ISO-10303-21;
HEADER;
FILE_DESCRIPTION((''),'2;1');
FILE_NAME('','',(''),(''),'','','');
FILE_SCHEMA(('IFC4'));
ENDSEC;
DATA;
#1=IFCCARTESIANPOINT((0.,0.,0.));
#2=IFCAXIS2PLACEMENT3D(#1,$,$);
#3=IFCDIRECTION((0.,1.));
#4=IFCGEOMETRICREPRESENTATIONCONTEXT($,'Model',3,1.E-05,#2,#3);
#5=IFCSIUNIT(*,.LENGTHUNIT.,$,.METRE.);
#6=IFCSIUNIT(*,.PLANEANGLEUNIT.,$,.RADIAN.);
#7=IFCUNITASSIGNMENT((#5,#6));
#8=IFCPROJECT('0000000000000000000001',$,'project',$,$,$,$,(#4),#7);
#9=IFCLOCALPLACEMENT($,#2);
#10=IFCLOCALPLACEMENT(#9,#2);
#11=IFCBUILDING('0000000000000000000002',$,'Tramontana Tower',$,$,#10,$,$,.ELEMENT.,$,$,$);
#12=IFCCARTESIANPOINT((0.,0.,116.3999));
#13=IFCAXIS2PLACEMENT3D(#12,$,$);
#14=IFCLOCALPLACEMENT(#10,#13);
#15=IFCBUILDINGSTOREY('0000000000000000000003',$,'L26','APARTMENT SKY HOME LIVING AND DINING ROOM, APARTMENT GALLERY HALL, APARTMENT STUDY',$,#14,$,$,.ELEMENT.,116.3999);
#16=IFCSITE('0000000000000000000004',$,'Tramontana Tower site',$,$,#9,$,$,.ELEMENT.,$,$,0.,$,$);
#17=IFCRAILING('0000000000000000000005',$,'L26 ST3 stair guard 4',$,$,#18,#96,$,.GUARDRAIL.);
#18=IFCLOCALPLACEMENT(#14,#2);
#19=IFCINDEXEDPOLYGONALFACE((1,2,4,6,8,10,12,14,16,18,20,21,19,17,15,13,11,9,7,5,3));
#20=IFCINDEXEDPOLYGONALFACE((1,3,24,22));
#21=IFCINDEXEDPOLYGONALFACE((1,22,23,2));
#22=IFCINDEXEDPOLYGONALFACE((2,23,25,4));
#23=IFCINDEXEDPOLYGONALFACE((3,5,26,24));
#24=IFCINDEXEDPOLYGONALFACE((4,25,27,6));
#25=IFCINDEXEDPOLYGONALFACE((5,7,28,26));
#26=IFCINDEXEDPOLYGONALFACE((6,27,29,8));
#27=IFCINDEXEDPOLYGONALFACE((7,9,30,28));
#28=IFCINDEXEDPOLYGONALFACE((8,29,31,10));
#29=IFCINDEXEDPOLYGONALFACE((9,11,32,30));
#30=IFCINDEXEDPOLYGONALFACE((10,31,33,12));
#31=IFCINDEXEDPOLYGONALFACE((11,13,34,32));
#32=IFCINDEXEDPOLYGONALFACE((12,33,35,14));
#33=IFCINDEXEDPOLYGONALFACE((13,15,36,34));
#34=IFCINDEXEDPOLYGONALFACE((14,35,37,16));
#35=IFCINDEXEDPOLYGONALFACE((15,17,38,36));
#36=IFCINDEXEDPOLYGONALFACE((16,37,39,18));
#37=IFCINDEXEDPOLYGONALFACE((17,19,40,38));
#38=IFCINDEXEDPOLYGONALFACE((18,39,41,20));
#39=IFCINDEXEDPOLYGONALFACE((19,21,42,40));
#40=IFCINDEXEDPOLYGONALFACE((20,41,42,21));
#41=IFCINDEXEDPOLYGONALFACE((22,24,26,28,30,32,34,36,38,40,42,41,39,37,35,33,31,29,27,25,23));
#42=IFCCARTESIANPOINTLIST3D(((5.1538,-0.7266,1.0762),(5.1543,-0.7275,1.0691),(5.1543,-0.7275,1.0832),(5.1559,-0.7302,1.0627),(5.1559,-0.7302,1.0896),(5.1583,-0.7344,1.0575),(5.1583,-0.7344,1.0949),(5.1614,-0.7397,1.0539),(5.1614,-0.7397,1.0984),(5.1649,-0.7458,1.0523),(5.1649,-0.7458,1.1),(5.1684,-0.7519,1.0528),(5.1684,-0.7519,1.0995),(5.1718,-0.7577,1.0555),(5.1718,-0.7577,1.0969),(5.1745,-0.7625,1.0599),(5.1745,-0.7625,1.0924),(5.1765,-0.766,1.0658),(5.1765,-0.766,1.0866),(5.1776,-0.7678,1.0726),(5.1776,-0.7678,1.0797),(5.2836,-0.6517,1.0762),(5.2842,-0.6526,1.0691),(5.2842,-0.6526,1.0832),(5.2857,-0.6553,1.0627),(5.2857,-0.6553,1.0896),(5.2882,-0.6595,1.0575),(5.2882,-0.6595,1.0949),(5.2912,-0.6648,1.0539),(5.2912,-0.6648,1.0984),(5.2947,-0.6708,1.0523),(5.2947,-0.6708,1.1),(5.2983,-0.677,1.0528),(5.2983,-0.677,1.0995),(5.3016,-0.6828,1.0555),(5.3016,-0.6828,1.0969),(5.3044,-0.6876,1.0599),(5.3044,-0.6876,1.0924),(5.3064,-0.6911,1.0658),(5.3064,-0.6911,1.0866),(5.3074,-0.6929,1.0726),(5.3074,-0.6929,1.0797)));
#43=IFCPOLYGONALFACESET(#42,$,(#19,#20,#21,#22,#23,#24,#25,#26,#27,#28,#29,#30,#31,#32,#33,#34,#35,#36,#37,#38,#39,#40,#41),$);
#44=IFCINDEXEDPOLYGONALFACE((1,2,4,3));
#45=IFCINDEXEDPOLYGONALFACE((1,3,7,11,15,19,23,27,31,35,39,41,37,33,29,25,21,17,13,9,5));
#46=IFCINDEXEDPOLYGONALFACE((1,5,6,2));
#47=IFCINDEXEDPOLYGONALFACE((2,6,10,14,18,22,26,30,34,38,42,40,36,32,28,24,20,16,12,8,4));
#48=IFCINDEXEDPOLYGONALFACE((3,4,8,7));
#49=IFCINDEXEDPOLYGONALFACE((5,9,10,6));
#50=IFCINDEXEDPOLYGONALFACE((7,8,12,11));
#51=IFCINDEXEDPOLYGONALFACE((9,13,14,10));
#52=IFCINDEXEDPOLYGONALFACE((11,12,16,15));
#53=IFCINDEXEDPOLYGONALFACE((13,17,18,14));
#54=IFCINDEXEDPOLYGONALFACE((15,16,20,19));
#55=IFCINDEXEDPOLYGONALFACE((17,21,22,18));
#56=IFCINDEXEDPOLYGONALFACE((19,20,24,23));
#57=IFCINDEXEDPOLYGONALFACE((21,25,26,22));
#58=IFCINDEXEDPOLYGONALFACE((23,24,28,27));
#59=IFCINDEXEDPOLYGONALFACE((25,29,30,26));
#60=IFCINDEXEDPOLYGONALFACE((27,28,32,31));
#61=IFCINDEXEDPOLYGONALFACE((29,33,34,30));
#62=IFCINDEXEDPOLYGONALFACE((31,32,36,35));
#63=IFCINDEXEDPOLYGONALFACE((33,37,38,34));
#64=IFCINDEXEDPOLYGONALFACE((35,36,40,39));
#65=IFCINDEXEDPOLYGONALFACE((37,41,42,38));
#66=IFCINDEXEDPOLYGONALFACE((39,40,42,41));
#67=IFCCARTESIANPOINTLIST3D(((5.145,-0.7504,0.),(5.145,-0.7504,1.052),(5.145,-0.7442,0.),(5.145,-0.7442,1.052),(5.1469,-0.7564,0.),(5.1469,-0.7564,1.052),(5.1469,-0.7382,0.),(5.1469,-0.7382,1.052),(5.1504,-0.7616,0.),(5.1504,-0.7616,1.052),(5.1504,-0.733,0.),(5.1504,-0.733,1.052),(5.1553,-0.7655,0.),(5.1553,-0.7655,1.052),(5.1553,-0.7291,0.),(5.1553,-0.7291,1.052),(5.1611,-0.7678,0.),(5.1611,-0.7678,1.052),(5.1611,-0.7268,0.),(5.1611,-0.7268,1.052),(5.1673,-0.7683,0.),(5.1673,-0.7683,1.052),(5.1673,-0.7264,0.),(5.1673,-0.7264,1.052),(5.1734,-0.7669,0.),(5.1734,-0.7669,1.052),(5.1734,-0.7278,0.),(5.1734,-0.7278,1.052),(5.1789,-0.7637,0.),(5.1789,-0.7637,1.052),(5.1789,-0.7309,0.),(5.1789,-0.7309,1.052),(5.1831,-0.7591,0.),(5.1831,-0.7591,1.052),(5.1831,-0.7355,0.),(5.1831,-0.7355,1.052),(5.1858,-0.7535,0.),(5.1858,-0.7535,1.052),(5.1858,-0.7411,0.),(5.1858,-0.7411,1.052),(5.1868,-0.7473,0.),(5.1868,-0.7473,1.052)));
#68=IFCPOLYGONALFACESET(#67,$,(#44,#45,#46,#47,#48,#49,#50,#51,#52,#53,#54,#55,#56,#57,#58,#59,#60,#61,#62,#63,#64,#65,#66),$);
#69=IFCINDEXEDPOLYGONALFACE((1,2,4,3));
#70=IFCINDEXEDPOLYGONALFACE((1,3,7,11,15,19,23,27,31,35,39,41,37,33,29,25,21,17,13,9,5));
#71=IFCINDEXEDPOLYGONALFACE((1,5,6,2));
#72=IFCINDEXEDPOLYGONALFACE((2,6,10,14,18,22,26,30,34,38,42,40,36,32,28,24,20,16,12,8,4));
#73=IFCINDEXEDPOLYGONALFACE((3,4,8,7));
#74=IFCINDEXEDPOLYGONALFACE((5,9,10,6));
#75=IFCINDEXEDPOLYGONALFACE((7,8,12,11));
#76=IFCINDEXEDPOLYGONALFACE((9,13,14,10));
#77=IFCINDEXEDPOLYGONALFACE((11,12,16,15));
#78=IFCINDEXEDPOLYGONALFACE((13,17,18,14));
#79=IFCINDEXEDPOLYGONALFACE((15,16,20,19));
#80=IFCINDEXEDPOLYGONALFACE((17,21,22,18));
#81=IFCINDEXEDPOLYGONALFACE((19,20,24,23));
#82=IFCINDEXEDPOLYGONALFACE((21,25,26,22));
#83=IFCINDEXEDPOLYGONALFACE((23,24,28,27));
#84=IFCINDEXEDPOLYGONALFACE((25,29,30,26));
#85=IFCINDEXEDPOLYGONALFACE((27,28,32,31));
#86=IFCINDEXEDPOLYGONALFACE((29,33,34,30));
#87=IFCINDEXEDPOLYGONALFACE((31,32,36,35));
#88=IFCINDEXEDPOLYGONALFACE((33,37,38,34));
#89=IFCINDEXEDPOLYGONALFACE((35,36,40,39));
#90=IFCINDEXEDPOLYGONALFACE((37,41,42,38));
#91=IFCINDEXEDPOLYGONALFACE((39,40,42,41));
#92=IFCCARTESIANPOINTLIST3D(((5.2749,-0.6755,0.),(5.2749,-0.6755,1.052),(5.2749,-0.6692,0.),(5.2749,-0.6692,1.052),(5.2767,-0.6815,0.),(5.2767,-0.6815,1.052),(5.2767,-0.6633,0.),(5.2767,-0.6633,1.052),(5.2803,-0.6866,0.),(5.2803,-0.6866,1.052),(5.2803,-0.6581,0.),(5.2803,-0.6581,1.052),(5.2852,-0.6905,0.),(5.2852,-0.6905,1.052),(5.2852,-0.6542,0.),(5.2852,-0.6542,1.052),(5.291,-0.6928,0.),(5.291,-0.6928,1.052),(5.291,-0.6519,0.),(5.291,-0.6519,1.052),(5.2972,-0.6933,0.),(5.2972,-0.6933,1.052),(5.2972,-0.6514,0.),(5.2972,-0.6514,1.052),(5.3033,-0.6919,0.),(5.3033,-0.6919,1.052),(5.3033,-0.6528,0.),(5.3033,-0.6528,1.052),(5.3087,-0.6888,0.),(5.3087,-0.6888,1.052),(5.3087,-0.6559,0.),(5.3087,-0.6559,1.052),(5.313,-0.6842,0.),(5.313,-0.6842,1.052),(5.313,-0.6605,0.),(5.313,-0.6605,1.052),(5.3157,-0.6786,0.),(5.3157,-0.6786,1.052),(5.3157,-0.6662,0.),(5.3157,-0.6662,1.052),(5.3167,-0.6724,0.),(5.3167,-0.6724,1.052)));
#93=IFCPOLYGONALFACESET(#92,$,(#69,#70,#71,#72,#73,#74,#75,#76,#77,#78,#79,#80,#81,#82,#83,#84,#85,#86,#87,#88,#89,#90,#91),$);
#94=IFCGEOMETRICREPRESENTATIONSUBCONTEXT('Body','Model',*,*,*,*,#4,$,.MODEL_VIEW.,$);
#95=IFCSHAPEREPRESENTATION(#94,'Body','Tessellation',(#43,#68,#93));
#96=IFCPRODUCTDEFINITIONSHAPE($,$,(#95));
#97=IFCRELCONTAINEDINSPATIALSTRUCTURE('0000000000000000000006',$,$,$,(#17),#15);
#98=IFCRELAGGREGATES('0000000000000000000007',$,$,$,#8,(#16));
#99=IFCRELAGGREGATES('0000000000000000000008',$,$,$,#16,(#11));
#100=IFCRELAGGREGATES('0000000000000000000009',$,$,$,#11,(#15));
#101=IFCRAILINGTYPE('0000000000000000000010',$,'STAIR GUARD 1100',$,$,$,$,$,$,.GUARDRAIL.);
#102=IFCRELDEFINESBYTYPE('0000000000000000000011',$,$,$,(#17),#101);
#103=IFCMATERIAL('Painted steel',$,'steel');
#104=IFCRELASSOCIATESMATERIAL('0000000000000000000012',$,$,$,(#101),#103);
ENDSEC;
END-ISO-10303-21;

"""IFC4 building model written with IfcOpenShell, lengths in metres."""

from ifc_helpers import new_model, si_unit, direction, frame, origin, origin_2d, place, context, subcontext, project, spatial, circle, extrude, material, type_object, element, save


model = new_model("IFC4")

# Units and contexts
model_context = context("Model", 3, precision=1e-05, world=origin(), true_north=direction((0.0, 1.0)))
body_context = subcontext(model_context, "Body", "Model", "MODEL_VIEW")
ifc_project = project(units=[si_unit("LENGTHUNIT", "METRE"), si_unit("PLANEANGLEUNIT", "RADIAN")], contexts=[model_context])

# Site, building, storey
site_placement = place(None, origin())
site = spatial("IfcSite", under=ifc_project, at=site_placement, Name="Tramontana Tower site", CompositionType="ELEMENT", RefElevation=0.0)
building_placement = place(site_placement, origin())
building = spatial("IfcBuilding", under=site, at=building_placement, Name="Tramontana Tower", CompositionType="ELEMENT")
storey_placement = place(building_placement, frame((0.0, 0.0, 116.3999)))
storey = spatial("IfcBuildingStorey", under=building, at=storey_placement, Name="L26", Description="APARTMENT SKY HOME LIVING AND DINING ROOM, APARTMENT GALLERY HALL, APARTMENT STUDY", CompositionType="ELEMENT", Elevation=116.3999)

# Railing
ifc_material_1 = material(Name="Painted steel", Category="steel")
railing_type_1 = type_object("IfcRailingType", Name="STAIR GUARD 1100", PredefinedType="GUARDRAIL", material=ifc_material_1)
railing_1_placement = place(storey_placement, frame((5.1658, -0.7473, 0.0)))
element("IfcRailing", 1, at=railing_1_placement, inside=storey, type_object=railing_type_1, Name="L26 ST3 stair guard 4", PredefinedType="GUARDRAIL", context=body_context, shape_type="SweptSolid", body=[
    extrude(circle(Radius=0.0239, at=origin_2d()), frame((0.0, 0.0, 1.0762), z_axis=(0.866131, 0.499816, 0.0), x_axis=(-0.499816, 0.866131, 0.0)), (0.0, 0.0, 1.0), 0.1499),
    extrude(circle(Radius=0.021, at=origin_2d()), origin(), (0.0, 0.0, 1.0), 1.052),
    extrude(circle(Radius=0.021, at=origin_2d()), frame((0.1299, 0.075, 0.0)), (0.0, 0.0, 1.0), 1.052),
])

save(model, "model.ifc")
